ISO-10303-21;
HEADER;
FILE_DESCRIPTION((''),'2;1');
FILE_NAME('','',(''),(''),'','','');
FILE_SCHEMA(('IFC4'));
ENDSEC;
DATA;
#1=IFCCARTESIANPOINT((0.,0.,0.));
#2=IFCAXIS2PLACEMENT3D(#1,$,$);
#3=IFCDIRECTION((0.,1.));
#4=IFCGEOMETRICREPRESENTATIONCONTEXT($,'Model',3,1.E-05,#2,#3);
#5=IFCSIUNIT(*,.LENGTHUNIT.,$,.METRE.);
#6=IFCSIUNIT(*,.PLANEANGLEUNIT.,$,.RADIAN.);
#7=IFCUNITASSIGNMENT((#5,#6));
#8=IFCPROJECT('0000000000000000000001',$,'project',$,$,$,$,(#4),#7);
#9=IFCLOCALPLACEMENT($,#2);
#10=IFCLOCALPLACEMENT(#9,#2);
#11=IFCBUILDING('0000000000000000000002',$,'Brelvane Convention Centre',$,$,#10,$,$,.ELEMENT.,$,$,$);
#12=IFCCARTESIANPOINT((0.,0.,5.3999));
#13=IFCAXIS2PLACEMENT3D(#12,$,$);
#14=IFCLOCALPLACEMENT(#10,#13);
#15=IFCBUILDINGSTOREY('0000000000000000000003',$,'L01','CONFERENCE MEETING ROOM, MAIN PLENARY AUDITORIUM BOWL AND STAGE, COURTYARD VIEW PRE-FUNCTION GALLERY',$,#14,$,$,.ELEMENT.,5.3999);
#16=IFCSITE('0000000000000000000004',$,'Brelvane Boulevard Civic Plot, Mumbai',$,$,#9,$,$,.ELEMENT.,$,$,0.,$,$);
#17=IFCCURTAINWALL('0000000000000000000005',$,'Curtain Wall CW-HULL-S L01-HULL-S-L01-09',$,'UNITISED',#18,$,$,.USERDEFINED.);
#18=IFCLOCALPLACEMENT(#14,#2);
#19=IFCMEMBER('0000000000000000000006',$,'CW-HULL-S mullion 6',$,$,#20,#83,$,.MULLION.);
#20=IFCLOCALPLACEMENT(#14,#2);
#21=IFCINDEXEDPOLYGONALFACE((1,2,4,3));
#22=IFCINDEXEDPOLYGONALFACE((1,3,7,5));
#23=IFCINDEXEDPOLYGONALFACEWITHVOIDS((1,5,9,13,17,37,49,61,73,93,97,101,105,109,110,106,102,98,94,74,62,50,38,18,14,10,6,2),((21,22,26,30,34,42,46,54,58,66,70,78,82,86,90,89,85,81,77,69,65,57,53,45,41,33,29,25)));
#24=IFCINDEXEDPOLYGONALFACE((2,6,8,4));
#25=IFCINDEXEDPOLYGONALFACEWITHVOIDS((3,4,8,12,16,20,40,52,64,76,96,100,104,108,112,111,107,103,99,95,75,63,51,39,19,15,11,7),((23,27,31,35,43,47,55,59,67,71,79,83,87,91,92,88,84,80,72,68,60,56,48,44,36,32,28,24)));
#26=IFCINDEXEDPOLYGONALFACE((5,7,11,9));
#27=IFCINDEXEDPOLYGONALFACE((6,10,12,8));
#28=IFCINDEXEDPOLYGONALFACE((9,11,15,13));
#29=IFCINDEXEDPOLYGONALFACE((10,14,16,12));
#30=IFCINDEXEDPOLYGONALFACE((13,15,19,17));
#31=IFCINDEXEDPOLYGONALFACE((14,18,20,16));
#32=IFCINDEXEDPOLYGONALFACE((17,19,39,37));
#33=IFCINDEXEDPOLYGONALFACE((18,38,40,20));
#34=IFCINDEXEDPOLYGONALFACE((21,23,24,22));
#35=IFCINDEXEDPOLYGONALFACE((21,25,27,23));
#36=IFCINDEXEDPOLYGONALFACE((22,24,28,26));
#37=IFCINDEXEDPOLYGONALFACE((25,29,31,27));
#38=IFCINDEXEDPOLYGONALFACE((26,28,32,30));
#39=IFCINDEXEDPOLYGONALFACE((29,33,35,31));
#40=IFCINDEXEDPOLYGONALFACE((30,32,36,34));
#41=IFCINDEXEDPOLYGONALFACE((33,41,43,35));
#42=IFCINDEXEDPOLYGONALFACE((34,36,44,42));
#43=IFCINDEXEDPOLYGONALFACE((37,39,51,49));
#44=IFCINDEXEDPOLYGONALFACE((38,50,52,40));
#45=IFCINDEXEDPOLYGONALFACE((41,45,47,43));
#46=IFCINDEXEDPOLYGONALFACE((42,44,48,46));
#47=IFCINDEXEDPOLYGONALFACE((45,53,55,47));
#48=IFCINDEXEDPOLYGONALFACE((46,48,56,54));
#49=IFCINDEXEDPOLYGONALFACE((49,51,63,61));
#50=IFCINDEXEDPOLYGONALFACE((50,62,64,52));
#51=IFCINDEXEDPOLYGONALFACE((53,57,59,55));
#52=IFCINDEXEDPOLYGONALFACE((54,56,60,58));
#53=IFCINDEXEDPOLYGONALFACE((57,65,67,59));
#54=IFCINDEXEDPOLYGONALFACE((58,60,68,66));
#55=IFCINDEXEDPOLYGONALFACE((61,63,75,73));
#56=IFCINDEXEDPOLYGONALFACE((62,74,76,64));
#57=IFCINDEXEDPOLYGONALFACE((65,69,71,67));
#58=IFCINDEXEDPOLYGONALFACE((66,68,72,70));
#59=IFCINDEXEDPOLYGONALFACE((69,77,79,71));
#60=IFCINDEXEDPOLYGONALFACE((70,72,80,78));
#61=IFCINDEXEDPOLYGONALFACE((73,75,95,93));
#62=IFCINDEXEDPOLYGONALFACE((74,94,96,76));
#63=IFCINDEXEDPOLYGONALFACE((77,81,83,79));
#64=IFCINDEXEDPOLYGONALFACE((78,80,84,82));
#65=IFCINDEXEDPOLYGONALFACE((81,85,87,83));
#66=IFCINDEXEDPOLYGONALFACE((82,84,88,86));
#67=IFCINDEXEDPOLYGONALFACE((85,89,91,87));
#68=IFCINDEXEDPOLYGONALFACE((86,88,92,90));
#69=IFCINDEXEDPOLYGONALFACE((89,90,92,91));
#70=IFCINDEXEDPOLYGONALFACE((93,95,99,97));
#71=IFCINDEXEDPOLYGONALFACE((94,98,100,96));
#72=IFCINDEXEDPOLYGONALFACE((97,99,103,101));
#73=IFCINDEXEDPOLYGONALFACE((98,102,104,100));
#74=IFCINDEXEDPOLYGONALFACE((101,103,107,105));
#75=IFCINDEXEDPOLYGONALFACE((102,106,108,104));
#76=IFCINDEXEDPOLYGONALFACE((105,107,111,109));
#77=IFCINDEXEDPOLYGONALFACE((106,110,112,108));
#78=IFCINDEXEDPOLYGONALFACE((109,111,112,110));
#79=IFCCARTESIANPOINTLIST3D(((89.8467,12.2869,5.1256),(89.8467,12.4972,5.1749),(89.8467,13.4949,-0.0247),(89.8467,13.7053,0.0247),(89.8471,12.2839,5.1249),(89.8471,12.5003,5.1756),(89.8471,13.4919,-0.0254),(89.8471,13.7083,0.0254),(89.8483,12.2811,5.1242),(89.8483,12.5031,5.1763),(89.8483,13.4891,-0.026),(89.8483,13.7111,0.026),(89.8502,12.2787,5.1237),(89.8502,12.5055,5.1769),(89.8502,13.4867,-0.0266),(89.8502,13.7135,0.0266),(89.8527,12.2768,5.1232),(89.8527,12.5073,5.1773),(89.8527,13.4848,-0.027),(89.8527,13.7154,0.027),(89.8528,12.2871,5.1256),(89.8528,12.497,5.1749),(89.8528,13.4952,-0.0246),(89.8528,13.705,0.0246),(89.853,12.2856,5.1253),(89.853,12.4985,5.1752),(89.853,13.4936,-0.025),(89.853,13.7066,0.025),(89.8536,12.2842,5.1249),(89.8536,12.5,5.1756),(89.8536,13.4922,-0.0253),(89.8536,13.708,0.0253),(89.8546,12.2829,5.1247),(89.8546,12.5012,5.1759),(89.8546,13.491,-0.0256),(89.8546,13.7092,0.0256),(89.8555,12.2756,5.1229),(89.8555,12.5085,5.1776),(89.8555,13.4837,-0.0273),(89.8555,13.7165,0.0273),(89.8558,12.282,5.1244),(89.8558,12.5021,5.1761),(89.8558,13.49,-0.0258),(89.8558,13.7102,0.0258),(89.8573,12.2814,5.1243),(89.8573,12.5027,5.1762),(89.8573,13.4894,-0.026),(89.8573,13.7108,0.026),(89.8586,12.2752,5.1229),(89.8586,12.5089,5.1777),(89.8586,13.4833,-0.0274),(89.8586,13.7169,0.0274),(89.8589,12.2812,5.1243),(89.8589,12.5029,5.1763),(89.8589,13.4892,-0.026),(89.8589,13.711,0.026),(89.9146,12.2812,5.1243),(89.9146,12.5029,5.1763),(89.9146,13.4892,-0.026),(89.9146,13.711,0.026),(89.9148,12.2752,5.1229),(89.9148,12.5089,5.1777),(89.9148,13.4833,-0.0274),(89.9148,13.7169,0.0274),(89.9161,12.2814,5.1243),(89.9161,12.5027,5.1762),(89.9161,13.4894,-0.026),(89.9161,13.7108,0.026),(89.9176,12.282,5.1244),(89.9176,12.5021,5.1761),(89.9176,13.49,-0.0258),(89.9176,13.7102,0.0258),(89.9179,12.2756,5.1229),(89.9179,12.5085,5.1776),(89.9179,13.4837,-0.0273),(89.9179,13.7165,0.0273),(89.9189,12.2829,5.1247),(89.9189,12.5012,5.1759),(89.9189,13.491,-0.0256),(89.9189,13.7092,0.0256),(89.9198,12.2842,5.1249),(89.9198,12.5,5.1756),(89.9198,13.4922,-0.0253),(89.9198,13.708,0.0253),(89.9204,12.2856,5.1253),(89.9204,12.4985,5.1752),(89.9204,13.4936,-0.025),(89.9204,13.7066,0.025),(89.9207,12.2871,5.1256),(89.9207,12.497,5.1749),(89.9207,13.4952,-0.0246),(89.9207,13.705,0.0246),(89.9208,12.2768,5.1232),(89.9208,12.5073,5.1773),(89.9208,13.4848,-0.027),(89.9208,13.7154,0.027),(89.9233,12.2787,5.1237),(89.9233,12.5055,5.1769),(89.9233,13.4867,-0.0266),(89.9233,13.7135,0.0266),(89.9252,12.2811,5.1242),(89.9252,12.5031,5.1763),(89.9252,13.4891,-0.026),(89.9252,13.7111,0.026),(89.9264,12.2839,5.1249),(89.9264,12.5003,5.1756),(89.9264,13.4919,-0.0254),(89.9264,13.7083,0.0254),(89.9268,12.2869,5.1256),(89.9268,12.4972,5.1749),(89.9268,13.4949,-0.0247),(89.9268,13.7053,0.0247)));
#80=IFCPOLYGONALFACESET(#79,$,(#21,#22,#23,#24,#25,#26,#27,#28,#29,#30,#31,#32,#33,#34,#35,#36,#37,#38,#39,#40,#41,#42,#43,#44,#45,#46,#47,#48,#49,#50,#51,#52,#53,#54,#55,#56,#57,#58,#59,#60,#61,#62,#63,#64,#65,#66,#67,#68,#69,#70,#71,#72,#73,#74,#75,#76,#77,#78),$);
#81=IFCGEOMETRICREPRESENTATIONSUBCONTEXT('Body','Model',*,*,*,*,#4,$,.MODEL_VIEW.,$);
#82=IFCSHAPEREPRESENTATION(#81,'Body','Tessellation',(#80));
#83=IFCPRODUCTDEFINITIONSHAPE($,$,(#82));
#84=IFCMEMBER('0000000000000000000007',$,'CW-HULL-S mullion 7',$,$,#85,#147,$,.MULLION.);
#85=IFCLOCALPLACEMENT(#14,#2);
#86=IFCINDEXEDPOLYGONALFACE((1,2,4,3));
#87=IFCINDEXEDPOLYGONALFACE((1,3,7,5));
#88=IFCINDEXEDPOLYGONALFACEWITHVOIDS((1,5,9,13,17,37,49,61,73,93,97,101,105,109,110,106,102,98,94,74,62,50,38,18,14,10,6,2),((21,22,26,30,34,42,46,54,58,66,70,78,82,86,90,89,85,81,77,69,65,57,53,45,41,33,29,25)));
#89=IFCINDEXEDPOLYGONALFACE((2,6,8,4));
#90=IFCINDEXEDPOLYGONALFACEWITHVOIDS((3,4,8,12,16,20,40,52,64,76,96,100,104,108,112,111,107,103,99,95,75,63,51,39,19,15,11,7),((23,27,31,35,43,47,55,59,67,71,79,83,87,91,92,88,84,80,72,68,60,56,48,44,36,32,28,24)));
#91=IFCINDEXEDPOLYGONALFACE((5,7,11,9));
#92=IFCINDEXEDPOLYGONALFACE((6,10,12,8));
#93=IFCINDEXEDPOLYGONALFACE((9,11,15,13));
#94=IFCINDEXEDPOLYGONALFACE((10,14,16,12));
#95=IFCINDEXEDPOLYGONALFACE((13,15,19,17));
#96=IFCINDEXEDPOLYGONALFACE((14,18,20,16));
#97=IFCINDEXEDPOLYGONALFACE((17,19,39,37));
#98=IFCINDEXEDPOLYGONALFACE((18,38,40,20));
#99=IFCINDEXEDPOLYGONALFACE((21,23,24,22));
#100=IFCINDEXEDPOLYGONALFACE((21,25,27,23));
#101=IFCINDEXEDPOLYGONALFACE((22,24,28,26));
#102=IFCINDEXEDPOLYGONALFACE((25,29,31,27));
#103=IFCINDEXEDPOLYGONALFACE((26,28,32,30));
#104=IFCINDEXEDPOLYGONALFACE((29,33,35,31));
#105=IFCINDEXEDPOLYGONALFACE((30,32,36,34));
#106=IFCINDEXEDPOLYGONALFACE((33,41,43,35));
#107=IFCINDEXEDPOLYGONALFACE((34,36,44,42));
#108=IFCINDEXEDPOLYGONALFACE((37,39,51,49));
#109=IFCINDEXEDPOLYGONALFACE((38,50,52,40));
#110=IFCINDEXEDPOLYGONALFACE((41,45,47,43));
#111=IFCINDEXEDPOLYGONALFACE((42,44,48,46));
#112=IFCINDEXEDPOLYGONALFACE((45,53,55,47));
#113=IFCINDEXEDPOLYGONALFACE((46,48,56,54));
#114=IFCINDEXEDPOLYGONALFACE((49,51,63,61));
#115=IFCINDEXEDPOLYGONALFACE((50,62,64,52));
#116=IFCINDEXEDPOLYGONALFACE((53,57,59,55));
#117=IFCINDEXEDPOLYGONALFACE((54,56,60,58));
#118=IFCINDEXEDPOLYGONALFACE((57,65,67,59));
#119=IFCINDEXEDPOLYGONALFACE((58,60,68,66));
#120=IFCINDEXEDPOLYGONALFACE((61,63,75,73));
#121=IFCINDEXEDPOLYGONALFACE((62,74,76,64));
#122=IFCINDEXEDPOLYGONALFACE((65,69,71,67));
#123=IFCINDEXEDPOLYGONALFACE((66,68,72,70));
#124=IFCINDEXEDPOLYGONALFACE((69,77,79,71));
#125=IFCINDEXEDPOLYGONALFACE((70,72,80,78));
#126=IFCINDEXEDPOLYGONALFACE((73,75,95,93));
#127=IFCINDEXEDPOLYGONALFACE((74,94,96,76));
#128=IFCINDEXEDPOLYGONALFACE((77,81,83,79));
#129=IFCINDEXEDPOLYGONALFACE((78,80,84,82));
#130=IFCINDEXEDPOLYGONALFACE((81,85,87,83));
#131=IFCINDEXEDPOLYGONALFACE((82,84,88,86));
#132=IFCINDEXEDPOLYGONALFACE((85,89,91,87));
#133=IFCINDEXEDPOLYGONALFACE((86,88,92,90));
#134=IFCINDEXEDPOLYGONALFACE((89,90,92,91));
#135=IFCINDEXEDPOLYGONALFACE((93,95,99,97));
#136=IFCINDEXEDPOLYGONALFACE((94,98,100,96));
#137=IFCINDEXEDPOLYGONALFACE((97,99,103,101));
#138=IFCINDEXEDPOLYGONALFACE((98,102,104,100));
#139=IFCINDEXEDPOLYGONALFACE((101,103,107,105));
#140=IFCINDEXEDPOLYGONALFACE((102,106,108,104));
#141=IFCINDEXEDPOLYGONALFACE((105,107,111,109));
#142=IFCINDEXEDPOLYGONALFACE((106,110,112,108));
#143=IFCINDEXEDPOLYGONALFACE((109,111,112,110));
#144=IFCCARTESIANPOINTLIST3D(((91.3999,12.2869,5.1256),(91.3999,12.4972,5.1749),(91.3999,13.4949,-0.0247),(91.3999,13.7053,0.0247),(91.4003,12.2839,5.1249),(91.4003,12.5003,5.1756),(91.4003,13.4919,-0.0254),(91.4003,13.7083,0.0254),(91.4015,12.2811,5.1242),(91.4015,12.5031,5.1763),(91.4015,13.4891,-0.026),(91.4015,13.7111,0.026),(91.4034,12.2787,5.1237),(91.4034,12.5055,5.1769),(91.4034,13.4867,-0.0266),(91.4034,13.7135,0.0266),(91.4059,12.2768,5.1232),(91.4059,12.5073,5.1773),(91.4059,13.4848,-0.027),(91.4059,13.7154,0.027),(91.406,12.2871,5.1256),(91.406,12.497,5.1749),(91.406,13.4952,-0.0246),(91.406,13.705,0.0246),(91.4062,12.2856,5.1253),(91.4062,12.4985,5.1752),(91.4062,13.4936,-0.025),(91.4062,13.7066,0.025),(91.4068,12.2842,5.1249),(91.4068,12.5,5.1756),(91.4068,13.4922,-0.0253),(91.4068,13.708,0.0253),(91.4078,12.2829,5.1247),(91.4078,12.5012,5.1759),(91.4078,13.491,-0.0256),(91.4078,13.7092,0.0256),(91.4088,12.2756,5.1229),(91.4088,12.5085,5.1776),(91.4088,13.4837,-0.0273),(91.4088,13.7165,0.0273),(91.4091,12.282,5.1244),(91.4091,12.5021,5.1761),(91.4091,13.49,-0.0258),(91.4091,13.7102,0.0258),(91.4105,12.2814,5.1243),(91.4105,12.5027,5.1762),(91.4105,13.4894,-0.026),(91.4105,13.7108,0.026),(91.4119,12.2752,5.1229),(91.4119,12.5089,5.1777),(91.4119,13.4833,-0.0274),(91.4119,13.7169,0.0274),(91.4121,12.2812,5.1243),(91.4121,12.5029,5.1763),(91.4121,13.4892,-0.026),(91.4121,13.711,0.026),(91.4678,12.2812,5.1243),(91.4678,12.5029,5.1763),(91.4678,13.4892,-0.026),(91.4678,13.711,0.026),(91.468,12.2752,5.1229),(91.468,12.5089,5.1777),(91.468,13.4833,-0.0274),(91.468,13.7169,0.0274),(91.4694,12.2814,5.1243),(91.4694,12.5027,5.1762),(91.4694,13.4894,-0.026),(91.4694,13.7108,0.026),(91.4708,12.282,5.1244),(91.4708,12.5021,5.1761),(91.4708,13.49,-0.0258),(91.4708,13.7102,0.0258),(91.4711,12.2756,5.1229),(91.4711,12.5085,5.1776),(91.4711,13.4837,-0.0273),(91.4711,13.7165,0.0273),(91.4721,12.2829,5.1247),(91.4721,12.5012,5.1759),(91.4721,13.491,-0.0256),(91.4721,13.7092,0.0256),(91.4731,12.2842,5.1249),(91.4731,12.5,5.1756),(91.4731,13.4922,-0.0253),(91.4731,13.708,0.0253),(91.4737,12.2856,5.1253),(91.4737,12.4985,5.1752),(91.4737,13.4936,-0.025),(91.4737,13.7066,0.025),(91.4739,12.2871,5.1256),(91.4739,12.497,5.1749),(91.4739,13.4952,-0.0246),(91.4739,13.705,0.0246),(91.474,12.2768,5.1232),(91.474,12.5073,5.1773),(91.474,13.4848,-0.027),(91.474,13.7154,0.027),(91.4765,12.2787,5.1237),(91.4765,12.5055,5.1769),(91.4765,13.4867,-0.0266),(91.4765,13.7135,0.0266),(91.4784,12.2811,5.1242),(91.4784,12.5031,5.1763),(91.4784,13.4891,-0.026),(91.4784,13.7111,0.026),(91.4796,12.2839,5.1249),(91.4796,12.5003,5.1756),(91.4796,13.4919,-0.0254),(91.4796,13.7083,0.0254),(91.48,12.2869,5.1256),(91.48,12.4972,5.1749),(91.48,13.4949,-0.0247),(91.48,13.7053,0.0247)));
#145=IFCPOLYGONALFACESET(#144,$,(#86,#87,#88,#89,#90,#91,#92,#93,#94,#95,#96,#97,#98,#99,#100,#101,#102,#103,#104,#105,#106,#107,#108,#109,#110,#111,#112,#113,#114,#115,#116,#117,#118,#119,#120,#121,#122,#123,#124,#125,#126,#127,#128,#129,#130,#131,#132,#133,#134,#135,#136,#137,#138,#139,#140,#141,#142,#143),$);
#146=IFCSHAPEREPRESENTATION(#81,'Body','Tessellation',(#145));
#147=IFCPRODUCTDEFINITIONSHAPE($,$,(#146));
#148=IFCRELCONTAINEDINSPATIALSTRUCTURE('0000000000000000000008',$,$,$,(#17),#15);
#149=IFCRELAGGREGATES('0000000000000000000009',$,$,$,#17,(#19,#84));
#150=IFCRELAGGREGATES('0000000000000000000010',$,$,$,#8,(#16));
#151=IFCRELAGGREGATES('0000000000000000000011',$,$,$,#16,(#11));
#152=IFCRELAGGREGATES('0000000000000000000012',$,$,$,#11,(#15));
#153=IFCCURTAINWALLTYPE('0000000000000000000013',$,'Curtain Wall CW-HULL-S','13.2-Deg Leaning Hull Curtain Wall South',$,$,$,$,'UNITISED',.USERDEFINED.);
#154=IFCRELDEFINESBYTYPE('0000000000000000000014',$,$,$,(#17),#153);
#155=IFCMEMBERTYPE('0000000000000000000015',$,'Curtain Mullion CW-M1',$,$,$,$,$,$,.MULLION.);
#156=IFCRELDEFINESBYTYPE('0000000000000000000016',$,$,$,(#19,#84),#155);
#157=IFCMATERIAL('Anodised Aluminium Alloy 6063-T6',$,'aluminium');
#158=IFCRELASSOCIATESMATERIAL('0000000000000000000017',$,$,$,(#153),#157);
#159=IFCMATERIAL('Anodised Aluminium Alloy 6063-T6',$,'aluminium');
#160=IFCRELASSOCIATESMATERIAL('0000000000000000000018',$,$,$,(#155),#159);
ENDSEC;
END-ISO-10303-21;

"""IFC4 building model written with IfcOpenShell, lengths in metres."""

from ifc_helpers import new_model, si_unit, direction, frame, origin, origin_2d, place, context, subcontext, project, spatial, hollow_rectangle, extrude, material, material_profile, profile_set, type_object, element, aggregate, save


model = new_model("IFC4")

# Units and contexts
model_context = context("Model", 3, precision=1e-05, world=origin(), true_north=direction((0.0, 1.0)))
body_context = subcontext(model_context, "Body", "Model", "MODEL_VIEW")
ifc_project = project(units=[si_unit("LENGTHUNIT", "METRE"), si_unit("PLANEANGLEUNIT", "RADIAN")], contexts=[model_context])

# Site, building, storey
site_placement = place(None, origin())
site = spatial("IfcSite", under=ifc_project, at=site_placement, Name="Brelvane Boulevard Civic Plot, Mumbai", CompositionType="ELEMENT", RefElevation=0.0)
building_placement = place(site_placement, origin())
building = spatial("IfcBuilding", under=site, at=building_placement, Name="Brelvane Convention Centre", CompositionType="ELEMENT")
storey_placement = place(building_placement, frame((0.0, 0.0, 5.3999)))
storey = spatial("IfcBuildingStorey", under=building, at=storey_placement, Name="L01", Description="CONFERENCE MEETING ROOM, MAIN PLENARY AUDITORIUM BOWL AND STAGE, COURTYARD VIEW PRE-FUNCTION GALLERY", CompositionType="ELEMENT", Elevation=5.3999)

# Curtain wall, members
ifc_material_1 = material(Name="Anodised Aluminium Alloy 6063-T6", Category="aluminium")
curtain_wall_type = type_object("IfcCurtainWallType", Name="Curtain Wall CW-HULL-S", Description="13.2-Deg Leaning Hull Curtain Wall South", ElementType="UNITISED", PredefinedType="USERDEFINED", material=ifc_material_1)
curtain_wall_1_placement = place(storey_placement, origin())
curtain_wall_1 = element("IfcCurtainWall", 1, at=curtain_wall_1_placement, inside=storey, type_object=curtain_wall_type, Name="Curtain Wall CW-HULL-S L01-HULL-S-L01-09", ObjectType="UNITISED", PredefinedType="USERDEFINED")
ifc_material_2 = material(Name="Anodised Aluminium Alloy 6063-T6", Category="aluminium")
ifc_material_profile_1 = material_profile(ifc_material_2, hollow_rectangle(XDim=0.0801, YDim=0.24, WallThickness=0.0061, InnerFilletRadius=0.0061, OuterFilletRadius=0.012, at=origin_2d()), Name="ALU-M 240x80x6.0")
ifc_profile_set_1 = profile_set([ifc_material_profile_1], Name="Anodised Aluminium Alloy 6063-T6")
member_type_1 = type_object("IfcMemberType", Name="Curtain Mullion CW-M1", PredefinedType="MULLION", material=ifc_profile_set_1)
member_1_placement = place(storey_placement, frame((89.8867, 13.6001, 0.0), z_axis=(0.0, -0.22836, 0.973577), x_axis=(1.0, 0.0, 0.0)))
member_1 = element("IfcMember", 2, at=member_1_placement, type_object=member_type_1, Name="CW-HULL-S mullion 6", PredefinedType="MULLION", context=body_context, shape_type="SweptSolid", body=[
    extrude(hollow_rectangle(XDim=0.0801, YDim=0.24, WallThickness=0.0061, InnerFilletRadius=0.0061, OuterFilletRadius=0.012, at=origin_2d()), origin(), (0.0, 0.0, 1.0), 5.29),
])
member_2_placement = place(storey_placement, frame((91.4399, 13.6001, 0.0), z_axis=(0.0, -0.22836, 0.973577), x_axis=(1.0, 0.0, 0.0)))
member_2 = element("IfcMember", 3, at=member_2_placement, type_object=member_type_1, Name="CW-HULL-S mullion 7", PredefinedType="MULLION", context=body_context, shape_type="SweptSolid", body=[
    extrude(hollow_rectangle(XDim=0.0801, YDim=0.24, WallThickness=0.0061, InnerFilletRadius=0.0061, OuterFilletRadius=0.012, at=origin_2d()), origin(), (0.0, 0.0, 1.0), 5.29),
])

aggregate(curtain_wall_1, [member_1, member_2])

save(model, "model.ifc")
